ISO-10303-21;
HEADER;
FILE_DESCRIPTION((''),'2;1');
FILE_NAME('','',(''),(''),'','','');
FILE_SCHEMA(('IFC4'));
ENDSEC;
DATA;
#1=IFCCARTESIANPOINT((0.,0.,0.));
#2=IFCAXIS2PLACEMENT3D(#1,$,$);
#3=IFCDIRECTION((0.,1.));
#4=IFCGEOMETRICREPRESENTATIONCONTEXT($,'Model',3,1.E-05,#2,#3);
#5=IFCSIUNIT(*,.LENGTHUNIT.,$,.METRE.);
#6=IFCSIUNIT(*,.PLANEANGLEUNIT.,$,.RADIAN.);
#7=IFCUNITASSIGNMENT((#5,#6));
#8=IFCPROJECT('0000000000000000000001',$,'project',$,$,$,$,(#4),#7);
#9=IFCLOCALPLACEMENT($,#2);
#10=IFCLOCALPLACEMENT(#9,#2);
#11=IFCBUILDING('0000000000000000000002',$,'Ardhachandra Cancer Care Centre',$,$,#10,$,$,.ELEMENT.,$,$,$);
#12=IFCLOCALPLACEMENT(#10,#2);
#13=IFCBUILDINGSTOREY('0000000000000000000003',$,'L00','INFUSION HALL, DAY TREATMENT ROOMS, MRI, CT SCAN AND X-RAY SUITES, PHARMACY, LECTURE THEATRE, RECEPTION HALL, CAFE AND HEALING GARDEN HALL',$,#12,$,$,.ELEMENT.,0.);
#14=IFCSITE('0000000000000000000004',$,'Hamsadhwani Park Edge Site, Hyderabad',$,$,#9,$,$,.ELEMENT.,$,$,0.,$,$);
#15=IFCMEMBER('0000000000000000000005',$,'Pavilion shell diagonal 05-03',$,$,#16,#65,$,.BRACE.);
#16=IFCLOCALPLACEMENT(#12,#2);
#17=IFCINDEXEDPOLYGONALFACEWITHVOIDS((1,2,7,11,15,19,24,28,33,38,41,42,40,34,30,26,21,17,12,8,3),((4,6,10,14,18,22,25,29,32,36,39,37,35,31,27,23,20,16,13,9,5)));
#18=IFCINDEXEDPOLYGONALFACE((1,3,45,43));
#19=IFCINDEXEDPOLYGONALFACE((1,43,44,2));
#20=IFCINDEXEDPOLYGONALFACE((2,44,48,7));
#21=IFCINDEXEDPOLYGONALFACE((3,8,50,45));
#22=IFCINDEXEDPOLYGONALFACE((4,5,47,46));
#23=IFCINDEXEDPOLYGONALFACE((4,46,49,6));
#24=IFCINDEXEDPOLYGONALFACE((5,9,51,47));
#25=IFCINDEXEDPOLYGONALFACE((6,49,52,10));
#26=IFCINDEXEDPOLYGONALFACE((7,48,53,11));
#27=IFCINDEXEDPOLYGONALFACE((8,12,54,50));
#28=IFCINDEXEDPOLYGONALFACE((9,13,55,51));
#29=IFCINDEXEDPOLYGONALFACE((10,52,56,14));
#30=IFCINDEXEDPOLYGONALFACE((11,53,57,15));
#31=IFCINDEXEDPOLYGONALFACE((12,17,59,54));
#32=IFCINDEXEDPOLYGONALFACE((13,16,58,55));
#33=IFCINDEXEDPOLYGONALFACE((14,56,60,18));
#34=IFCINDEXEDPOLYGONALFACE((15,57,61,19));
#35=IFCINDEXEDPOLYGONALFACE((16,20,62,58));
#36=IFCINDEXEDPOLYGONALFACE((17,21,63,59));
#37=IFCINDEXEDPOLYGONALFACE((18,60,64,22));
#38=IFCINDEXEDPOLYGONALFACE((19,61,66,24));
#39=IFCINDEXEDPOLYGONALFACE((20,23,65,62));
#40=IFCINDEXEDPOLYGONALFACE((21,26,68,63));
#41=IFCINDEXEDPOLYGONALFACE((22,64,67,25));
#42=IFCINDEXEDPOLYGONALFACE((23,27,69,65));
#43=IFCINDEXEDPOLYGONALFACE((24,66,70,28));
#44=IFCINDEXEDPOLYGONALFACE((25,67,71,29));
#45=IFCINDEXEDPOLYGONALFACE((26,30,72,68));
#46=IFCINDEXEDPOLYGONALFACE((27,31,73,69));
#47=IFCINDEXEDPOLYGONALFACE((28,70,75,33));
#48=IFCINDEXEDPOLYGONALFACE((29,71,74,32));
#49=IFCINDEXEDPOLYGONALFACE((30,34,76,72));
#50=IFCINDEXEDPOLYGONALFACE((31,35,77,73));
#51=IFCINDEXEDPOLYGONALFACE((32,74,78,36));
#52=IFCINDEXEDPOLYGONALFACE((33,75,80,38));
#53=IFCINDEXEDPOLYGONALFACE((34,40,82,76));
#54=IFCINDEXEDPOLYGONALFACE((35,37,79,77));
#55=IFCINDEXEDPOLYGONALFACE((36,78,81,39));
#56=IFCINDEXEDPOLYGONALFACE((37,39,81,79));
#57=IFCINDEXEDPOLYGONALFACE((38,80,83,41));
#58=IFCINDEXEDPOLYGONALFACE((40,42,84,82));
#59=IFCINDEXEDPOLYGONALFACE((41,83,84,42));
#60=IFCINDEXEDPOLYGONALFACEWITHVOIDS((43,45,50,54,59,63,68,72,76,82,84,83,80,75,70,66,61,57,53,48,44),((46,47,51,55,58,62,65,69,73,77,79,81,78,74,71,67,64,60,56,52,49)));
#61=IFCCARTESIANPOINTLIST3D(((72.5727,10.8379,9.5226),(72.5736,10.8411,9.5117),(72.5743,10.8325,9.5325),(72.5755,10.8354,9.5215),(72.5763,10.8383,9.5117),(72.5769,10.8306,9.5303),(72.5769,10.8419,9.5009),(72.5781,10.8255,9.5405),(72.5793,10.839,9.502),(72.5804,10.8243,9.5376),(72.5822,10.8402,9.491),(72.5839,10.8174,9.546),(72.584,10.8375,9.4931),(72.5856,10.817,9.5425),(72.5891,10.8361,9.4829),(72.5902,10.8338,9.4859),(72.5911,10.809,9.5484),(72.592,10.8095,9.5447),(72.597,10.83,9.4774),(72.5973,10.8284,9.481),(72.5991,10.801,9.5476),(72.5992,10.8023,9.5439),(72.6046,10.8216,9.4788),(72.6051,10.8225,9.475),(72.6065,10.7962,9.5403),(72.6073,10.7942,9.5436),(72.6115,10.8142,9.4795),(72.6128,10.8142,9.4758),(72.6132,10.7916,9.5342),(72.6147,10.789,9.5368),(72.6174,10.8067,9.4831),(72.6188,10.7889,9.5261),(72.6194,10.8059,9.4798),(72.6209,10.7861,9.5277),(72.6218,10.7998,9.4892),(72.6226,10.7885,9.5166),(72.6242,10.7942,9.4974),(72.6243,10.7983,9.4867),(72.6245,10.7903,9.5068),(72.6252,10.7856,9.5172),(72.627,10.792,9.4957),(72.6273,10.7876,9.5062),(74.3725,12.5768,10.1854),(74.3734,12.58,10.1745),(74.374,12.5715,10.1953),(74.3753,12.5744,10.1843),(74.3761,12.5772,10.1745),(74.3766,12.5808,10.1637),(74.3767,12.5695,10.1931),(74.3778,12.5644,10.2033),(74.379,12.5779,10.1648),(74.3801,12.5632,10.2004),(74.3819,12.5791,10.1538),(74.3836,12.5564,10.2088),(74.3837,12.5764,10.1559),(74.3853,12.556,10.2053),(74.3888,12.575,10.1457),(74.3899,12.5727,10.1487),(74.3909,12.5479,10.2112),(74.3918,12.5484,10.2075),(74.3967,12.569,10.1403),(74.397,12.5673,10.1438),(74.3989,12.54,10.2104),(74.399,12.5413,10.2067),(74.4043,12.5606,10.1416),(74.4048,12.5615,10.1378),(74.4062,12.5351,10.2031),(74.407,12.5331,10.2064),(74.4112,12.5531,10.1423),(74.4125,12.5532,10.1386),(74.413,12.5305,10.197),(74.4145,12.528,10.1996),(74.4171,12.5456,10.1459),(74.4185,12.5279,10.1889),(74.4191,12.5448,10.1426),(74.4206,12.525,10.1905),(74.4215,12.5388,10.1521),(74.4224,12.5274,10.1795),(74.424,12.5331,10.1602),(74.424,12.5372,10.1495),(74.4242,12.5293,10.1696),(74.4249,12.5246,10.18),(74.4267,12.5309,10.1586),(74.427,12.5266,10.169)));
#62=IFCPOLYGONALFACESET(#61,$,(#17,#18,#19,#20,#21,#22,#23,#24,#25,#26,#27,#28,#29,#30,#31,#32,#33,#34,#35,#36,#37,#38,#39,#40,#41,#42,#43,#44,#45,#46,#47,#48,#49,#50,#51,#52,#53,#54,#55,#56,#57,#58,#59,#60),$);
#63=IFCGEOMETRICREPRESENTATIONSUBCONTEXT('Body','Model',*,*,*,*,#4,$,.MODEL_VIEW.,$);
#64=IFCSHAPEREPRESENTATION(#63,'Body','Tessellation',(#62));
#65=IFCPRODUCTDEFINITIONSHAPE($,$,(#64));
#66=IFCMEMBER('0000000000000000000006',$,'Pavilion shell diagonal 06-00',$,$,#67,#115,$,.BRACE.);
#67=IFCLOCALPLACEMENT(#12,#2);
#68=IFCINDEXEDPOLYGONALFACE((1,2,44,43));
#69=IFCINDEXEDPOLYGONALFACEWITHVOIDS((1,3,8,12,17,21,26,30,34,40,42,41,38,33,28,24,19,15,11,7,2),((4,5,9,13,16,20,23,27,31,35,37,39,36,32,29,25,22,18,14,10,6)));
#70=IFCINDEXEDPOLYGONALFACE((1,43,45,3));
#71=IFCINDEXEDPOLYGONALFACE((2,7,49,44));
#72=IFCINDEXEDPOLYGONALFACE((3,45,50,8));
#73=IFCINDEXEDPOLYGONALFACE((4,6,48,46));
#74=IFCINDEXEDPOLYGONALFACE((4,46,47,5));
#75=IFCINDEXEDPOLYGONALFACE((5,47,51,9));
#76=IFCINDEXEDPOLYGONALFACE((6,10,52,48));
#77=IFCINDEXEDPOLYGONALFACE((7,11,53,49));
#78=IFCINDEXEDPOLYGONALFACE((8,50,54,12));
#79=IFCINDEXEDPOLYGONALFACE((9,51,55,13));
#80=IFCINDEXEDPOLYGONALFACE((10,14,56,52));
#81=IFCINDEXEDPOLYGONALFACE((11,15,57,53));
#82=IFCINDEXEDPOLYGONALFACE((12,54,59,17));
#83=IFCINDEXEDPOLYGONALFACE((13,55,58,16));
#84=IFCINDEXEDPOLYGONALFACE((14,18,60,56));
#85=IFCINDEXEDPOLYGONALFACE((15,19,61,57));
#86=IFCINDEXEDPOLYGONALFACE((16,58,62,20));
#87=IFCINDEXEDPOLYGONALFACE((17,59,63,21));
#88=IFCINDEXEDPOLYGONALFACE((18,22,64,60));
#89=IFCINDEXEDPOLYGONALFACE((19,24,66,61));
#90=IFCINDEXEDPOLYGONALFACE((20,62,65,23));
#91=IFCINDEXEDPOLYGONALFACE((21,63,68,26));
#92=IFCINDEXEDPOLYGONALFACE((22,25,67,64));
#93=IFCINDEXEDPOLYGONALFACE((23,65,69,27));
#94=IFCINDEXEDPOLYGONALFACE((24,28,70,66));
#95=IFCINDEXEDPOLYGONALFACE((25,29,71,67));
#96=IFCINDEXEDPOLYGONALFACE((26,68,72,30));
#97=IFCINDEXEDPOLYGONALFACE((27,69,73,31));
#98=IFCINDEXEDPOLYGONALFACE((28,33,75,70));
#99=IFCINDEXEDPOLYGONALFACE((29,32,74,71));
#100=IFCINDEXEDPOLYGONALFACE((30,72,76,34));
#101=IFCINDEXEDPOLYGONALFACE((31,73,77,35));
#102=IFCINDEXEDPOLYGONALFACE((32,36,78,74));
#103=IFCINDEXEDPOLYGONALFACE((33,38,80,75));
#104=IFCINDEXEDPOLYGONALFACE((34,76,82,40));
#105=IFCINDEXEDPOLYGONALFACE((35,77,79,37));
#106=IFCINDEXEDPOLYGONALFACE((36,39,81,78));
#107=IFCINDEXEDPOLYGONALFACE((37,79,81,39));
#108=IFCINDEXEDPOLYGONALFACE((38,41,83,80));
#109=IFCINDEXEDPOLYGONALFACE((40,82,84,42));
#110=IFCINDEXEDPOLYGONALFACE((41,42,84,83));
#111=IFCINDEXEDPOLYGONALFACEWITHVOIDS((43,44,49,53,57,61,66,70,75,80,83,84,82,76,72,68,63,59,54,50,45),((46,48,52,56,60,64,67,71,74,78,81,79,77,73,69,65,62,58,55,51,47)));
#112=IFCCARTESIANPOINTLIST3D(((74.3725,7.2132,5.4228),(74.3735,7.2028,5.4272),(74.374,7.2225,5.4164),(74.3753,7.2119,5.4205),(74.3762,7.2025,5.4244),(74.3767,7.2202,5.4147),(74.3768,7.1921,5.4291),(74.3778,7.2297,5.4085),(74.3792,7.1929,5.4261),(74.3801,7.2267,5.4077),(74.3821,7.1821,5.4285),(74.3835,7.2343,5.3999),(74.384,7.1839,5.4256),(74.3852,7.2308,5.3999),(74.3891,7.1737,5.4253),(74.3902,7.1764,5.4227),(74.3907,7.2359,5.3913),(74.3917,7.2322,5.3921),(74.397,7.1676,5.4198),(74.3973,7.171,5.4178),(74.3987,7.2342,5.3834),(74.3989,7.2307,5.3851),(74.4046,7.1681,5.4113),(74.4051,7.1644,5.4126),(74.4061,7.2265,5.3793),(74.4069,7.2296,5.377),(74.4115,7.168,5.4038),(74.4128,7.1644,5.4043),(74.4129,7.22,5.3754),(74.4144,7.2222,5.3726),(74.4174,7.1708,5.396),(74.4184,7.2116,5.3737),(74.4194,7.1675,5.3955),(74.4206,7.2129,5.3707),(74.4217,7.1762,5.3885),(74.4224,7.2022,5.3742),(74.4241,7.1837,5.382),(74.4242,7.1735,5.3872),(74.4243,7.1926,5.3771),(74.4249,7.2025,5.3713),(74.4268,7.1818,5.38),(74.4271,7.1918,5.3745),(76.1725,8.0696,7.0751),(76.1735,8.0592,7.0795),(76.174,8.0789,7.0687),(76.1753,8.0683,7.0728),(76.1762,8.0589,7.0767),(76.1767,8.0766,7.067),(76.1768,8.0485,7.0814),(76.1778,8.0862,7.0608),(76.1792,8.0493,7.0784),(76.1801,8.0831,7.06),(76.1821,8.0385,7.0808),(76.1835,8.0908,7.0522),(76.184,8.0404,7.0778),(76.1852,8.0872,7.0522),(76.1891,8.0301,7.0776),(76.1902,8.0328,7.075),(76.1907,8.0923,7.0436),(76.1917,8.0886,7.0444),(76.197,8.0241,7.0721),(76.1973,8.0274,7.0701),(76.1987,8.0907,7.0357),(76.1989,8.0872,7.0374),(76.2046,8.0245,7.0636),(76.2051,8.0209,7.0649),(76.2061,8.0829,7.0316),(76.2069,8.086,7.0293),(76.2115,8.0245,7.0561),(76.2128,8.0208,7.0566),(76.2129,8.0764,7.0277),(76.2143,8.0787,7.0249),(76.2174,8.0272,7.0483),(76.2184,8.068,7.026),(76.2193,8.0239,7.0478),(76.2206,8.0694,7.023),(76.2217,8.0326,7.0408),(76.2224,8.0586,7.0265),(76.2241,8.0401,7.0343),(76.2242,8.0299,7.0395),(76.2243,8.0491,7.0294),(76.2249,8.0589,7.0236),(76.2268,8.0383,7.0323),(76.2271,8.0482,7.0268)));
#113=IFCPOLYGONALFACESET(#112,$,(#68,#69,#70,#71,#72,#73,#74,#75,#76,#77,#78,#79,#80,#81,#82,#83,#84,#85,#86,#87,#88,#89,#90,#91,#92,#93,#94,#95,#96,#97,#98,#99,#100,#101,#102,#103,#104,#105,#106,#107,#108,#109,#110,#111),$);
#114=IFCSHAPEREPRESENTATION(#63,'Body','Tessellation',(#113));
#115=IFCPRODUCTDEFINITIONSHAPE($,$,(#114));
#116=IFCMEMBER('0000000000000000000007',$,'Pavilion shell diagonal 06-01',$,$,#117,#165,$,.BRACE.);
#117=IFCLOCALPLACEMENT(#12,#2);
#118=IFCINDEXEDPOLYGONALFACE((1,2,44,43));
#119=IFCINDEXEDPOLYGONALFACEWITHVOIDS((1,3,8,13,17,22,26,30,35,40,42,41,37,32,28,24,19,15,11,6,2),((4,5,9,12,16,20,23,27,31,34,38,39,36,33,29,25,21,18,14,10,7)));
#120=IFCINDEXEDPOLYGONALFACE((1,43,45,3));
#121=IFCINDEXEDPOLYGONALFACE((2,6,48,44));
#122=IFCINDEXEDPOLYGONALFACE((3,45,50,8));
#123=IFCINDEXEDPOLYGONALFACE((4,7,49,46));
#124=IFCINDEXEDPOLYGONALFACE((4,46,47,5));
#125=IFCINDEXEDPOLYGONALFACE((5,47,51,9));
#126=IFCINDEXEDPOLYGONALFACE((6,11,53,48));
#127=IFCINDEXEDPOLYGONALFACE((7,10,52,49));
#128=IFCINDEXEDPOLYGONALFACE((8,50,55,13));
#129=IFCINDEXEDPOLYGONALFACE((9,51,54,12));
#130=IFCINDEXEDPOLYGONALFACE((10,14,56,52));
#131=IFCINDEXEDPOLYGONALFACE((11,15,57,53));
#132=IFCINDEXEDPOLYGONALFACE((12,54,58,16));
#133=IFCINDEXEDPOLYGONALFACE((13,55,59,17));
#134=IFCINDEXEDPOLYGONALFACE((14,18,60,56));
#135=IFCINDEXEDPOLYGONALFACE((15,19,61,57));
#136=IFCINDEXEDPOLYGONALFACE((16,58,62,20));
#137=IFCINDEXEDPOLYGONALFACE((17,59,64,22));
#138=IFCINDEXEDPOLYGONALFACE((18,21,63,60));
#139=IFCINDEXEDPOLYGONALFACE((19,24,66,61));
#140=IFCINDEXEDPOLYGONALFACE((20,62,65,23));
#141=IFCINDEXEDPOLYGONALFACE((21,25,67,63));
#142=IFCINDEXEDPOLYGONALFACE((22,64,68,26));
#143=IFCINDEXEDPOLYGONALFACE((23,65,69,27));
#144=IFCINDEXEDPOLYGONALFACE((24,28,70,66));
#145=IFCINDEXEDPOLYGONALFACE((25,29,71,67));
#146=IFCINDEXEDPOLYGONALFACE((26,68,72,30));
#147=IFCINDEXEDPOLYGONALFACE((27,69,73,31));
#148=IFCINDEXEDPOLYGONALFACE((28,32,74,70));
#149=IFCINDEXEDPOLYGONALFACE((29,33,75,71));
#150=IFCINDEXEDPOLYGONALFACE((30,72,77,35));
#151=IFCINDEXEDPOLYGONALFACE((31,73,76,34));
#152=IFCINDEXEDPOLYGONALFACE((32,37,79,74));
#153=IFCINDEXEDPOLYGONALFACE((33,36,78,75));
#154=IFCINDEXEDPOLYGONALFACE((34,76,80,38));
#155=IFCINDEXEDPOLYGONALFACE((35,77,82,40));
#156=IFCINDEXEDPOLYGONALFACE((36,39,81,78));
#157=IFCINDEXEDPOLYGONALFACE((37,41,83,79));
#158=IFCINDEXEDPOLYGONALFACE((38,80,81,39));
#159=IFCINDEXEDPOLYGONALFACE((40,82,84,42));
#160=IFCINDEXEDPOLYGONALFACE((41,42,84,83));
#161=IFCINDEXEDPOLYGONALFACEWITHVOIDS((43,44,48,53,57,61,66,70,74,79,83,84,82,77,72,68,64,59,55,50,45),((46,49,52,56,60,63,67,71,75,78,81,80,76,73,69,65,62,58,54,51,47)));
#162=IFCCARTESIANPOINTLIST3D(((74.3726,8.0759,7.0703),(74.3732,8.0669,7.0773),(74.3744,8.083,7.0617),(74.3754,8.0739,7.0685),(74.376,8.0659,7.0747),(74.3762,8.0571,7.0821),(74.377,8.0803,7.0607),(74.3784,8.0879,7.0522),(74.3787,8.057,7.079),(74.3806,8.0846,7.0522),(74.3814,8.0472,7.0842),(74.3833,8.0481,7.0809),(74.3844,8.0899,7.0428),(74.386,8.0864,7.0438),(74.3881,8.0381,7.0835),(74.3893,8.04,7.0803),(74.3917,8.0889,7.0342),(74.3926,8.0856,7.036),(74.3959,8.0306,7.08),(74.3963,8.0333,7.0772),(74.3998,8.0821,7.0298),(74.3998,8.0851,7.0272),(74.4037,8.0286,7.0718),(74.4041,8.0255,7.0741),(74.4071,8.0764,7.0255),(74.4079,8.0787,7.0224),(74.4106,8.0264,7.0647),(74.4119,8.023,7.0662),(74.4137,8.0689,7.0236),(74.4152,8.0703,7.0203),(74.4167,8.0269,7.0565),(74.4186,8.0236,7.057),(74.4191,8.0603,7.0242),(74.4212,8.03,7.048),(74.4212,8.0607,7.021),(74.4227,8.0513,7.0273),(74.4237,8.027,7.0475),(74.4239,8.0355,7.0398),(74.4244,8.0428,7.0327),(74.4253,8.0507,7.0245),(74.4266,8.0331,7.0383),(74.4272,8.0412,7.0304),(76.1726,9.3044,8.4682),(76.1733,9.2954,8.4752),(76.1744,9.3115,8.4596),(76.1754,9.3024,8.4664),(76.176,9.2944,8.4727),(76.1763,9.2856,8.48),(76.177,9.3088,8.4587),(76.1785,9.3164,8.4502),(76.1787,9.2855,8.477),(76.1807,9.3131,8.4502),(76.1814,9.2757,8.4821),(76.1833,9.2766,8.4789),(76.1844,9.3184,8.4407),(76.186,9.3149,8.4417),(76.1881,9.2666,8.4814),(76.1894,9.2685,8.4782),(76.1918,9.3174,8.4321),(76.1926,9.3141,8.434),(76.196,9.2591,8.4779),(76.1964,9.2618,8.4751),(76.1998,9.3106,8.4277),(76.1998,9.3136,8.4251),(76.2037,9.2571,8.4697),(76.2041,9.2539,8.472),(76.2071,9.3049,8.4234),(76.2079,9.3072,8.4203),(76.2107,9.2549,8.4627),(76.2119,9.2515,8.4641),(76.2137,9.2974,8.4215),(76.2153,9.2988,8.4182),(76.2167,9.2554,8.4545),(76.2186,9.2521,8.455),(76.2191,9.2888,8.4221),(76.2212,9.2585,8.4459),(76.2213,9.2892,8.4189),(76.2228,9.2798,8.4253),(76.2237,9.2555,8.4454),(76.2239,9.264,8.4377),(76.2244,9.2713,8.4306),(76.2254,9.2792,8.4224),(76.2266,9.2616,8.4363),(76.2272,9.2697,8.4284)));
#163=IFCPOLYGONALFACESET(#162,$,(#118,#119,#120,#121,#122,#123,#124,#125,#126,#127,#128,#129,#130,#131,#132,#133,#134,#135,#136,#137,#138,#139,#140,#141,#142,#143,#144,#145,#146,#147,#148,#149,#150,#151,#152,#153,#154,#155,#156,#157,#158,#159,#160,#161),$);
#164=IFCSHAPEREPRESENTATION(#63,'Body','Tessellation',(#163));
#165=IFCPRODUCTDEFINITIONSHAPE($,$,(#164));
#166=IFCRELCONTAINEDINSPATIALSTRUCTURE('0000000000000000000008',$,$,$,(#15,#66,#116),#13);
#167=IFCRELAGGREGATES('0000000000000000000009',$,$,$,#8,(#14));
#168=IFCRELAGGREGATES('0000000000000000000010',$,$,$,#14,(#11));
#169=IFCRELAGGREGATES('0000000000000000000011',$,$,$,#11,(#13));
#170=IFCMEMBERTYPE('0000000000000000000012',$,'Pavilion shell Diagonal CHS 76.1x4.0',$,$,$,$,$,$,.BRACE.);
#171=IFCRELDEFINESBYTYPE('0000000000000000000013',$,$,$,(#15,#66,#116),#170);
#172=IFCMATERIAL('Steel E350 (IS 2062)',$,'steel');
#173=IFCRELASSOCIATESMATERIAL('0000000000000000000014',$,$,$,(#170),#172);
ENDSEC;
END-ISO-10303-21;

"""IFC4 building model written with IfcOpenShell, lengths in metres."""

from ifc_helpers import new_model, si_unit, direction, frame, origin, origin_2d, place, context, subcontext, project, spatial, hollow_circle, extrude, material, material_profile, profile_set, type_object, element, save


model = new_model("IFC4")

# Units and contexts
model_context = context("Model", 3, precision=1e-05, world=origin(), true_north=direction((0.0, 1.0)))
body_context = subcontext(model_context, "Body", "Model", "MODEL_VIEW")
ifc_project = project(units=[si_unit("LENGTHUNIT", "METRE"), si_unit("PLANEANGLEUNIT", "RADIAN")], contexts=[model_context])

# Site, building, storey
site_placement = place(None, origin())
site = spatial("IfcSite", under=ifc_project, at=site_placement, Name="Hamsadhwani Park Edge Site, Hyderabad", CompositionType="ELEMENT", RefElevation=0.0)
building_placement = place(site_placement, origin())
building = spatial("IfcBuilding", under=site, at=building_placement, Name="Ardhachandra Cancer Care Centre", CompositionType="ELEMENT")
storey_placement = place(building_placement, origin())
storey = spatial("IfcBuildingStorey", under=building, at=storey_placement, Name="L00", Description="INFUSION HALL, DAY TREATMENT ROOMS, MRI, CT SCAN AND X-RAY SUITES, PHARMACY, LECTURE THEATRE, RECEPTION HALL, CAFE AND HEALING GARDEN HALL", CompositionType="ELEMENT", Elevation=0.0)

# Members
ifc_material_1 = material(Name="Steel E350 (IS 2062)", Category="steel")
ifc_material_profile_1 = material_profile(ifc_material_1, hollow_circle(Radius=0.0381, WallThickness=0.0039, at=origin_2d()), Name="CHS 76.1x4.0")
ifc_profile_set_1 = profile_set([ifc_material_profile_1], Name="Steel E350 (IS 2062)")
member_type_1 = type_object("IfcMemberType", Name="Pavilion shell Diagonal CHS 76.1x4.0", PredefinedType="BRACE", material=ifc_profile_set_1)
member_1_placement = place(storey_placement, frame((72.6001, 10.8137, 9.5117), z_axis=(0.695179, 0.671698, 0.256024), x_axis=(-0.694857, 0.719148, 0.0)))
element("IfcMember", 1, at=member_1_placement, inside=storey, type_object=member_type_1, Name="Pavilion shell diagonal 05-03", PredefinedType="BRACE", context=body_context, shape_type="SweptSolid", body=[
    extrude(hollow_circle(Radius=0.0381, WallThickness=0.0039, at=origin_2d()), origin(), (0.0, 0.0, 1.0), 2.5889),
])
for number, where, z_axis, x_axis, name in (
    (2, (74.3999, 7.2, 5.3999), (0.695216, 0.330777, 0.63817), (-0.429639, 0.903001, 0.0), "Pavilion shell diagonal 06-00"),
    (3, (74.3999, 8.0564, 7.0522), (0.695228, 0.474486, 0.539926), (-0.563716, 0.825969, 0.0), "Pavilion shell diagonal 06-01"),
):
    element("IfcMember", number, at=place(storey_placement, frame(where, z_axis=z_axis, x_axis=x_axis)), inside=storey, type_object=member_type_1, Name=name, PredefinedType="BRACE", context=body_context, shape_type="SweptSolid", body=[
        extrude(hollow_circle(Radius=0.0381, WallThickness=0.0039, at=origin_2d()), origin(), (0.0, 0.0, 1.0), 2.5891),
    ])

save(model, "model.ifc")
